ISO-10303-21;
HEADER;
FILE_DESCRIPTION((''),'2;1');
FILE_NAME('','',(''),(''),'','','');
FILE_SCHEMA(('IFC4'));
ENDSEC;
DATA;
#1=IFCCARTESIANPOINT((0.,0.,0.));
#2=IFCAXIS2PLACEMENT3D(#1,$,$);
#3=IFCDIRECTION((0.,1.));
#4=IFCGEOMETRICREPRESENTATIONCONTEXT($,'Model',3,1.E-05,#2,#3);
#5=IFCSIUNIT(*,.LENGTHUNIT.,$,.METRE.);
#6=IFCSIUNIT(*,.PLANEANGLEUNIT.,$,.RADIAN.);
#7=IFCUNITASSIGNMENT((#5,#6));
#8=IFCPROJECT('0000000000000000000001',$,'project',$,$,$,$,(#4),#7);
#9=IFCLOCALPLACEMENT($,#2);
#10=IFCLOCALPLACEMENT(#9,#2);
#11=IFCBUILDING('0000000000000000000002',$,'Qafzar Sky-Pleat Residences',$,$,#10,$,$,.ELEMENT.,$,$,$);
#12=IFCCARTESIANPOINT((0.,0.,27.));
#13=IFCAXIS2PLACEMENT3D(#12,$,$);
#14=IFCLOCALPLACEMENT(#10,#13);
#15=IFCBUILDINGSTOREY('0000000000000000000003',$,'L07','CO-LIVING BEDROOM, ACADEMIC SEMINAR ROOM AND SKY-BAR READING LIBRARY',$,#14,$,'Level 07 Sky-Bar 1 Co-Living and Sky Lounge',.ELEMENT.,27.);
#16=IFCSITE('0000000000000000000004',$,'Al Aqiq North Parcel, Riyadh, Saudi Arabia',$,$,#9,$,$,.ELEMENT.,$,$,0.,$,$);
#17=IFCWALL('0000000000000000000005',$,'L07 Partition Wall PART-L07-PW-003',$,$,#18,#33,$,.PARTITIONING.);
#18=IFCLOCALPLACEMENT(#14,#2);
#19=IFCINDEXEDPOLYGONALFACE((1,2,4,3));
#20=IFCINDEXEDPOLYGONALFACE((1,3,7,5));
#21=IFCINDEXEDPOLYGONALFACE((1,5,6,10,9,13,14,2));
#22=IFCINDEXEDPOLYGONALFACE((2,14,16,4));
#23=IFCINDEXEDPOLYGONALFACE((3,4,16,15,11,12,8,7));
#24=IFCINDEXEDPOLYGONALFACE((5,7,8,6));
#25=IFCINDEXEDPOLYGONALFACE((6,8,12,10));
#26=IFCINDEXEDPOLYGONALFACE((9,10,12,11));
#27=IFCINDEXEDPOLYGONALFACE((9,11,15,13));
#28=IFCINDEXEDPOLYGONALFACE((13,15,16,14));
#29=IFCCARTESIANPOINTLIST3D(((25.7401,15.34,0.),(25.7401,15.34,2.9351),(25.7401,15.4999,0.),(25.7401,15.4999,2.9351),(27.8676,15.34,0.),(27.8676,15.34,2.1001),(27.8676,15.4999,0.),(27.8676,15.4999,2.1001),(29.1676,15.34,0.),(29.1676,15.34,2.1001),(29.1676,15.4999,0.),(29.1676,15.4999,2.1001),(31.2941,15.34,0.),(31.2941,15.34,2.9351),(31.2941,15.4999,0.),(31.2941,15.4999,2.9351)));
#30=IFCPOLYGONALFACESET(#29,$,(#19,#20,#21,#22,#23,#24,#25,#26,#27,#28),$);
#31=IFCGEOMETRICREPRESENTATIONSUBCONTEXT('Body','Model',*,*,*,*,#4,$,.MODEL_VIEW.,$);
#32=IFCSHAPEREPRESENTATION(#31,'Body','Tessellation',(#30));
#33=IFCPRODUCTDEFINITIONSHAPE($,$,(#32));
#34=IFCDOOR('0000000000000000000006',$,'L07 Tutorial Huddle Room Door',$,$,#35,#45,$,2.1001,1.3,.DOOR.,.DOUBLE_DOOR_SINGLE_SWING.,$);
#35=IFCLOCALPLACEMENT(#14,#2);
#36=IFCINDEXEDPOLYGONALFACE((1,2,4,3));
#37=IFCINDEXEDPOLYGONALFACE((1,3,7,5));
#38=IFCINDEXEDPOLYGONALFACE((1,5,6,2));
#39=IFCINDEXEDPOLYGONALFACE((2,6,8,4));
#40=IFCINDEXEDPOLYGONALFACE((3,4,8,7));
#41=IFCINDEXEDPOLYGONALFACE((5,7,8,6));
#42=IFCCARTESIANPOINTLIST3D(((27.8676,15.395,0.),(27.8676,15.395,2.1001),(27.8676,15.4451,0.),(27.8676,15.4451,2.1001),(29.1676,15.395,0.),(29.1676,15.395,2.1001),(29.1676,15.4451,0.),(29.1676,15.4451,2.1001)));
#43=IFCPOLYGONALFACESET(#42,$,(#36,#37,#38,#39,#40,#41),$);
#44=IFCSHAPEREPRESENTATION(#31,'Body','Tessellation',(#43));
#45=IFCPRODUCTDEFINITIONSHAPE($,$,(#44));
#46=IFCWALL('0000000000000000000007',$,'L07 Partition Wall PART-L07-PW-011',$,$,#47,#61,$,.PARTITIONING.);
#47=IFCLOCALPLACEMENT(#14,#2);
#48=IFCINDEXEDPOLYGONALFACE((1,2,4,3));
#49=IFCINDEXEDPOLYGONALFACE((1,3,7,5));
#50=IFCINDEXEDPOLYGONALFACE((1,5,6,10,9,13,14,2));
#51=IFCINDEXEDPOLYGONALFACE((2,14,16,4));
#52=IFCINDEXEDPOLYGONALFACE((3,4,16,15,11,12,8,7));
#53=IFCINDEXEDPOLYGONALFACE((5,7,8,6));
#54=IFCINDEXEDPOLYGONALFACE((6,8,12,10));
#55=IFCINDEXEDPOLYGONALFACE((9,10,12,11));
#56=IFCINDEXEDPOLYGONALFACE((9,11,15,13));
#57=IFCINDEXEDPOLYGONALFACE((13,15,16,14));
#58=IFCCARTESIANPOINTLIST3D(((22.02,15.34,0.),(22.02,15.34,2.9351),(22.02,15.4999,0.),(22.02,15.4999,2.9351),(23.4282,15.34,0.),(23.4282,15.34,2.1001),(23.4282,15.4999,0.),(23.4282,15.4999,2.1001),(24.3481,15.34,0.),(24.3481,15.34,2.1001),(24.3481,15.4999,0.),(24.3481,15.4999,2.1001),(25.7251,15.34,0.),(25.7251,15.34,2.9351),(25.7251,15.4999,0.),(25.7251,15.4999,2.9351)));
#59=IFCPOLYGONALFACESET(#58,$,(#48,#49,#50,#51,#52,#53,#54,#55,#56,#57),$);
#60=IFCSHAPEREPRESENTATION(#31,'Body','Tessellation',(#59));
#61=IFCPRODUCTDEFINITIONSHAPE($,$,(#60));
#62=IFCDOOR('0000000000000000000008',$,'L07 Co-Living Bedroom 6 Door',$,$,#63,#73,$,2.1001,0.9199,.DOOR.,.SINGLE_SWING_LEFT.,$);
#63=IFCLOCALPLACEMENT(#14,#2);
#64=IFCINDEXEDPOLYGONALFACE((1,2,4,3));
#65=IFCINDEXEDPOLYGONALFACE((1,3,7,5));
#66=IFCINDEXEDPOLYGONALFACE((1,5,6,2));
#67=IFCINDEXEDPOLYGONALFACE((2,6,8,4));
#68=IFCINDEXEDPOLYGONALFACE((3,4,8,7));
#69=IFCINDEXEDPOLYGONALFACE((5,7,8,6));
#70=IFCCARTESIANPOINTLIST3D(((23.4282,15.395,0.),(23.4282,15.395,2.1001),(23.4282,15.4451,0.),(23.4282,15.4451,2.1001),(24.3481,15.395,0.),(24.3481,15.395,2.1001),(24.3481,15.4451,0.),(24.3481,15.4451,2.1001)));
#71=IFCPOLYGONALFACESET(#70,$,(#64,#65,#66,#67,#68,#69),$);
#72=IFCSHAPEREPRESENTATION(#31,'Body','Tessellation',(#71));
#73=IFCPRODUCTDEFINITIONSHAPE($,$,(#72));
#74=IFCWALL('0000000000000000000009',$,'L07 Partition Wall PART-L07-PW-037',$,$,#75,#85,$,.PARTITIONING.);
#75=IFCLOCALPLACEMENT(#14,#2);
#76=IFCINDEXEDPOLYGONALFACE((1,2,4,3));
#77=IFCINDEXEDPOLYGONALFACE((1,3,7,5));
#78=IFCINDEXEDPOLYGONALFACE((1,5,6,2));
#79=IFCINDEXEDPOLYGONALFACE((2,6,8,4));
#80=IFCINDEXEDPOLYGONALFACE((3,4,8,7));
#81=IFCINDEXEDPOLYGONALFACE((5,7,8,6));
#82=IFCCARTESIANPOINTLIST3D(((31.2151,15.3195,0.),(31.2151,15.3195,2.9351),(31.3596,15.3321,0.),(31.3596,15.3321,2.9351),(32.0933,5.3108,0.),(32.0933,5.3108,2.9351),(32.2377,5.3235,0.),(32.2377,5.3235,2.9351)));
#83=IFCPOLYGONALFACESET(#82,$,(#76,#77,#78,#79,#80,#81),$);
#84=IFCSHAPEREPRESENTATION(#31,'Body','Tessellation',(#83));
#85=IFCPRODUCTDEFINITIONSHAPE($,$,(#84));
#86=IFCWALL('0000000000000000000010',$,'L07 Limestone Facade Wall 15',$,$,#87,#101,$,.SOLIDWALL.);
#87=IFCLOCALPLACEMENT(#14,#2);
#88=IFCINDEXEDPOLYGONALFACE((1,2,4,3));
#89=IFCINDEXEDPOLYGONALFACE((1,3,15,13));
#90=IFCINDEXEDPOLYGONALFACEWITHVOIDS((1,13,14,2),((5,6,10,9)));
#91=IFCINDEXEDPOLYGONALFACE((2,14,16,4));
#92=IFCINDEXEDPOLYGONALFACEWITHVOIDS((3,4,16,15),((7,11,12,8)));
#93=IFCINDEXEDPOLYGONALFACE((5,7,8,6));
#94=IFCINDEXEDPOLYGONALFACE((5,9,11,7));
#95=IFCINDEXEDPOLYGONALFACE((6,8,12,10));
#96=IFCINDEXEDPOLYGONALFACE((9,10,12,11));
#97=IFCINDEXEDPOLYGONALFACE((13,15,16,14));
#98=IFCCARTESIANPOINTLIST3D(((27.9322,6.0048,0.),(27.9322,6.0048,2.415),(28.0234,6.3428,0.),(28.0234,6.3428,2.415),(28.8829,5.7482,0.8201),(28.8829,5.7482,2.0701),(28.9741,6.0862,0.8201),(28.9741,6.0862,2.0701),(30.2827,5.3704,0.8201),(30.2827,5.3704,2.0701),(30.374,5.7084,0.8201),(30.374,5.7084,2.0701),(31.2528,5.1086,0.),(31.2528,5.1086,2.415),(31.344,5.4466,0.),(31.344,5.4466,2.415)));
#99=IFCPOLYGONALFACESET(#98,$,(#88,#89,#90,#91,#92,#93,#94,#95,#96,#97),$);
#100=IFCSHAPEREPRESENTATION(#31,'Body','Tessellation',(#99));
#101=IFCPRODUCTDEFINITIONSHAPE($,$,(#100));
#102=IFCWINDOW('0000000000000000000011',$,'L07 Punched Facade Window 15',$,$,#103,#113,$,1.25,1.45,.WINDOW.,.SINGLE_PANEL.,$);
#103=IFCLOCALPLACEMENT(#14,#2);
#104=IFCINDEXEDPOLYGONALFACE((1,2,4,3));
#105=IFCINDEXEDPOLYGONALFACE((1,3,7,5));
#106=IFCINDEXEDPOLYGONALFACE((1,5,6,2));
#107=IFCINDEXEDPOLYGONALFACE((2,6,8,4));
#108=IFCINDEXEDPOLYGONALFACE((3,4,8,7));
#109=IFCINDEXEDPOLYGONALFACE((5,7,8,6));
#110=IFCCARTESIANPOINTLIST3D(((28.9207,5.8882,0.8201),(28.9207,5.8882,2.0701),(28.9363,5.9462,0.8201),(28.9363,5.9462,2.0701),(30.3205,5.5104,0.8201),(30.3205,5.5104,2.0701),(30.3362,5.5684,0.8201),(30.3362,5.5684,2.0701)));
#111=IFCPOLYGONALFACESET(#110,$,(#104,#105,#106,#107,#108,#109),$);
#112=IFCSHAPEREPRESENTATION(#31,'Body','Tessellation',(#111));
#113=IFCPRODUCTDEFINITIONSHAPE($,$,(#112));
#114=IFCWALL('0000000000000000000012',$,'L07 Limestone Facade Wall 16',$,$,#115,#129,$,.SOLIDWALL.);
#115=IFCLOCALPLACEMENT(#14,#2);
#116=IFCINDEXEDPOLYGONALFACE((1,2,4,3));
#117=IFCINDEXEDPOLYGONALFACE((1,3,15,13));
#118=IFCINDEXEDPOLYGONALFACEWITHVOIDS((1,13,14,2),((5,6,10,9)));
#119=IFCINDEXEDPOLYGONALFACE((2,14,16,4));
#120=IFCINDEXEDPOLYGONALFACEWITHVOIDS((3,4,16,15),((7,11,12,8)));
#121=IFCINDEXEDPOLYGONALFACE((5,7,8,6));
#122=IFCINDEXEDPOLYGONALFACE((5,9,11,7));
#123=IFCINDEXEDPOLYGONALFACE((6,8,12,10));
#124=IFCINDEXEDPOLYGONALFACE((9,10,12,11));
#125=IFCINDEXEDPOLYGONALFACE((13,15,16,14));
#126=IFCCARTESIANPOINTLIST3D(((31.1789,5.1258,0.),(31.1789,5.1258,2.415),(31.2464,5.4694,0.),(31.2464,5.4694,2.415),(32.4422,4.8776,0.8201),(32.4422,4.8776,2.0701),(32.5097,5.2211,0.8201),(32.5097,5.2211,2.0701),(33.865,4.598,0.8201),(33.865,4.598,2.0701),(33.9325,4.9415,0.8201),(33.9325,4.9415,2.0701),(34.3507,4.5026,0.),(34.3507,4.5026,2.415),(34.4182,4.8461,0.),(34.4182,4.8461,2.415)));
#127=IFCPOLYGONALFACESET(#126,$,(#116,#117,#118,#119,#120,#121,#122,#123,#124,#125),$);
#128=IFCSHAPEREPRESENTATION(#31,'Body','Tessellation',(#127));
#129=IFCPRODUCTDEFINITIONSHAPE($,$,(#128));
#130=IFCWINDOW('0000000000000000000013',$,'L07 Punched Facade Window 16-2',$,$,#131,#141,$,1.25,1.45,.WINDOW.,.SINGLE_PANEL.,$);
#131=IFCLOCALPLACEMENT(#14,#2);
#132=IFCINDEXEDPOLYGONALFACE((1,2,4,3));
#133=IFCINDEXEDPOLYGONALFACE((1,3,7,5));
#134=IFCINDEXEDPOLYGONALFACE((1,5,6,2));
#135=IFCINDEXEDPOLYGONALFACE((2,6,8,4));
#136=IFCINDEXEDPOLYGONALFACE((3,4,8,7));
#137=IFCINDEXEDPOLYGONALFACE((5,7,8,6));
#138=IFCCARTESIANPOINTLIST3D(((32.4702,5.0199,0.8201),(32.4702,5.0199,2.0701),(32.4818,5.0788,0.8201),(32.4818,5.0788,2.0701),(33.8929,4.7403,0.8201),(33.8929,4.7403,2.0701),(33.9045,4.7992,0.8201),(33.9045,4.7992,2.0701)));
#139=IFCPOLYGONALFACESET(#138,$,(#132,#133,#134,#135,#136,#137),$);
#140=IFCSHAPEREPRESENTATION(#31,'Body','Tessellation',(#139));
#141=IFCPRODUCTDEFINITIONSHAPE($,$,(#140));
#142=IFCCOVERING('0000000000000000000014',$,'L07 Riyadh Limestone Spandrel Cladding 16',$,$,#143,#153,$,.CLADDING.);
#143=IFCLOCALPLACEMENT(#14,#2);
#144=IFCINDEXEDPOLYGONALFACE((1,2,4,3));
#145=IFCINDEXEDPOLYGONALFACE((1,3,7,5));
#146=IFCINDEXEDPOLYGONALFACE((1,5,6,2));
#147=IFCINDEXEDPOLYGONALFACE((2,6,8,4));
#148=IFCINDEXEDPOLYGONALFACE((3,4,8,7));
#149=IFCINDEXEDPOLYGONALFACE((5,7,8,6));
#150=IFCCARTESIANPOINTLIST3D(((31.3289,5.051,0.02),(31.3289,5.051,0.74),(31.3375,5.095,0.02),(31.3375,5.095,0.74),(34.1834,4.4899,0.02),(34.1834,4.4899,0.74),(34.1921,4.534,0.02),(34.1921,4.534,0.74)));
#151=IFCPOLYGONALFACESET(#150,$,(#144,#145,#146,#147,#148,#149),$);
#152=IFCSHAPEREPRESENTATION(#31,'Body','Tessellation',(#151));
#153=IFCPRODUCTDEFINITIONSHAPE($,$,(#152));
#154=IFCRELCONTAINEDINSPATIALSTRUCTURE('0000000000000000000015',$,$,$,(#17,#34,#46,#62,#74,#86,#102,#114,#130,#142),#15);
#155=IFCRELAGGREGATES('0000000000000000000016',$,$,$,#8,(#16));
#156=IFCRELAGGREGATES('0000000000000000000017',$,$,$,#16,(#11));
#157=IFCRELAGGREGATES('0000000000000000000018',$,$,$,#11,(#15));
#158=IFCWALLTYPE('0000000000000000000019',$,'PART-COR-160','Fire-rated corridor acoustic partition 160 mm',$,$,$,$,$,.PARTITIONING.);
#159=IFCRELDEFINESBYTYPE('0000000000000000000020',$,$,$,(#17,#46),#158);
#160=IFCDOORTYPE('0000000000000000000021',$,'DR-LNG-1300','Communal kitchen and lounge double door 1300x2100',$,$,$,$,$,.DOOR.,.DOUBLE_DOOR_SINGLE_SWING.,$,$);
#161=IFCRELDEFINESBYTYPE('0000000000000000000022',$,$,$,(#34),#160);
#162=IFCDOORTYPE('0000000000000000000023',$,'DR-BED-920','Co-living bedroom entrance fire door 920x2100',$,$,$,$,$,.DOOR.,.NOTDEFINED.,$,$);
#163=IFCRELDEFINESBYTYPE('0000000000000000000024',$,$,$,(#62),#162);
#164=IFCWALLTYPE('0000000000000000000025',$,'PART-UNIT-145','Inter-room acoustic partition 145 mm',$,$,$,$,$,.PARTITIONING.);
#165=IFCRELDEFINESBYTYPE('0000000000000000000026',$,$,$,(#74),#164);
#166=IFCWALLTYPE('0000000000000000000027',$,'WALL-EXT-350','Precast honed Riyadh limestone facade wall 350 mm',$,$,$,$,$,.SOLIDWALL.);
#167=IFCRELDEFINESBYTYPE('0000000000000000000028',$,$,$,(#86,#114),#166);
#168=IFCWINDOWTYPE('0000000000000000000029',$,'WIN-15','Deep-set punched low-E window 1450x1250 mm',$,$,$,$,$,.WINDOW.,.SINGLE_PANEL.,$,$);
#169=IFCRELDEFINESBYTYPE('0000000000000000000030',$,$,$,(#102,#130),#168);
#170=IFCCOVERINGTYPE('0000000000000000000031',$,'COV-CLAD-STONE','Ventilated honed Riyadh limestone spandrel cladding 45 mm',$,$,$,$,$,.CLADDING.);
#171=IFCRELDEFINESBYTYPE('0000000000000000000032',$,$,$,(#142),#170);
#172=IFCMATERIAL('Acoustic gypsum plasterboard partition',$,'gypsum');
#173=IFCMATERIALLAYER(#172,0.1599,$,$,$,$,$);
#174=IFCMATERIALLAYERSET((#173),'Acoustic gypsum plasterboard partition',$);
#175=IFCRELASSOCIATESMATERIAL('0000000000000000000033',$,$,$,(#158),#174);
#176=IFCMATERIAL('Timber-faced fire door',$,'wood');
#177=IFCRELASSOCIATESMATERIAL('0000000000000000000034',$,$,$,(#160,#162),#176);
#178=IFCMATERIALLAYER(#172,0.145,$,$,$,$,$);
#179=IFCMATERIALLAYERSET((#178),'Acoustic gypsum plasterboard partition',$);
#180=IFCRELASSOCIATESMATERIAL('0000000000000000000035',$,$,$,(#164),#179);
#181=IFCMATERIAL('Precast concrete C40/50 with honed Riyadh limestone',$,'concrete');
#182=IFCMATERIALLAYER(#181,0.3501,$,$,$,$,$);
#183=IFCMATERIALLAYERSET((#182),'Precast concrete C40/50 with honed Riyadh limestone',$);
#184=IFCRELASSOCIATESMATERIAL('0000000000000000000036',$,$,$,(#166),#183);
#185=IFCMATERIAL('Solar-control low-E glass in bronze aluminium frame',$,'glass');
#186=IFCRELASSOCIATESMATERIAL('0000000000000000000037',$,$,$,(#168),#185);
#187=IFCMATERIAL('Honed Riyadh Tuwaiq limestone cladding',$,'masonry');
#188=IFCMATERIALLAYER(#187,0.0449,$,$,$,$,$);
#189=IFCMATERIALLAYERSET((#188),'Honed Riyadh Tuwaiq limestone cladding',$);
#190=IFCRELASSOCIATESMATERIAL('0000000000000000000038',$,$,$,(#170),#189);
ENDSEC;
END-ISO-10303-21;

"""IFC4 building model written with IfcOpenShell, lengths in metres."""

from ifc_helpers import new_model, si_unit, direction, frame, frame_2d, origin, origin_2d, place, context, subcontext, project, spatial, rectangle, extrude, source, transform, mapped, material, layer, layer_set, type_object, element, fill, save


model = new_model("IFC4")

# Units and contexts
model_context = context("Model", 3, precision=1e-05, world=origin(), true_north=direction((0.0, 1.0)))
body_context = subcontext(model_context, "Body", "Model", "MODEL_VIEW")
ifc_project = project(units=[si_unit("LENGTHUNIT", "METRE"), si_unit("PLANEANGLEUNIT", "RADIAN")], contexts=[model_context])

# Site, building, storey
site_placement = place(None, origin())
site = spatial("IfcSite", under=ifc_project, at=site_placement, Name="Al Aqiq North Parcel, Riyadh, Saudi Arabia", CompositionType="ELEMENT", RefElevation=0.0)
building_placement = place(site_placement, origin())
building = spatial("IfcBuilding", under=site, at=building_placement, Name="Qafzar Sky-Pleat Residences", CompositionType="ELEMENT")
storey_placement = place(building_placement, frame((0.0, 0.0, 27.0)))
storey = spatial("IfcBuildingStorey", under=building, at=storey_placement, Name="L07", Description="CO-LIVING BEDROOM, ACADEMIC SEMINAR ROOM AND SKY-BAR READING LIBRARY", LongName="Level 07 Sky-Bar 1 Co-Living and Sky Lounge", CompositionType="ELEMENT", Elevation=27.0)

# Walls, openings, doors
ifc_material_1 = material(Name="Acoustic gypsum plasterboard partition", Category="gypsum")
ifc_layer_1 = layer(ifc_material_1, 0.1599)
ifc_layer_set_1 = layer_set([ifc_layer_1], Name="Acoustic gypsum plasterboard partition")
wall_type_1 = type_object("IfcWallType", Name="PART-COR-160", Description="Fire-rated corridor acoustic partition 160 mm", PredefinedType="PARTITIONING", material=ifc_layer_set_1)
wall_1_placement = place(storey_placement, frame((31.2939, 15.4199, 0.0), z_axis=(0.0, 0.0, 1.0), x_axis=(-1.0, 0.0, 0.0)))
wall_1 = element("IfcWall", 1, at=wall_1_placement, inside=storey, type_object=wall_type_1, Name="L07 Partition Wall PART-L07-PW-003", PredefinedType="PARTITIONING", context=body_context, shape_type="SweptSolid", body=[
    extrude(rectangle(XDim=5.554, YDim=0.1599, at=frame_2d((2.7769, 0.0))), origin(), (0.0, 0.0, 1.0), 2.9351),
])
opening_1_placement = place(wall_1_placement, frame((2.1265, 0.0, 0.0)))
opening_1 = element("IfcOpeningElement", 2, at=opening_1_placement, cuts=wall_1, PredefinedType="OPENING", context=body_context, shape_type="SweptSolid", body=[
    extrude(rectangle(XDim=1.3, YDim=2.1001, at=frame_2d((0.6499, 1.05))), frame((0.0, 0.0898, 0.0), z_axis=(0.0, -1.0, 0.0), x_axis=(1.0, 0.0, 0.0)), (0.0, 0.0, 1.0), 0.1799),
])
ifc_material_2 = material(Name="Timber-faced fire door", Category="wood")
door_type_1 = type_object("IfcDoorType", Name="DR-LNG-1300", Description="Communal kitchen and lounge double door 1300x2100", OperationType="DOUBLE_DOOR_SINGLE_SWING", PredefinedType="DOOR", material=ifc_material_2)
shared_shape_1 = source(origin(), body_context, "Body", "SweptSolid", [
    extrude(rectangle(XDim=1.3, YDim=2.1001, at=frame_2d((0.6499, 1.05))), frame((0.0, 0.0249, 0.0), z_axis=(0.0, -1.0, 0.0), x_axis=(1.0, 0.0, 0.0)), (0.0, 0.0, 1.0), 0.05),
])
door_1_placement = place(opening_1_placement, origin())
door_1 = element("IfcDoor", 3, at=door_1_placement, inside=storey, type_object=door_type_1, Name="L07 Tutorial Huddle Room Door", OperationType="DOUBLE_DOOR_SINGLE_SWING", OverallHeight=2.1001, OverallWidth=1.3, PredefinedType="DOOR", context=body_context, shape_type="MappedRepresentation", body=[
    mapped(shared_shape_1, transform((0.0, 0.0, 0.0), x_axis=(1.0, 0.0, 0.0), y_axis=(0.0, 1.0, 0.0), z_axis=(0.0, 0.0, 1.0), scale=1.0)),
])
fill(opening_1, door_1)
wall_2_placement = place(storey_placement, frame((25.7251, 15.4199, 0.0), z_axis=(0.0, 0.0, 1.0), x_axis=(-1.0, 0.0, 0.0)))
wall_2 = element("IfcWall", 4, at=wall_2_placement, inside=storey, type_object=wall_type_1, Name="L07 Partition Wall PART-L07-PW-011", PredefinedType="PARTITIONING", context=body_context, shape_type="SweptSolid", body=[
    extrude(rectangle(XDim=3.7051, YDim=0.1599, at=frame_2d((1.8525, 0.0))), origin(), (0.0, 0.0, 1.0), 2.9351),
])
opening_2_placement = place(wall_2_placement, frame((1.377, 0.0, 0.0)))
opening_2 = element("IfcOpeningElement", 5, at=opening_2_placement, cuts=wall_2, PredefinedType="OPENING", context=body_context, shape_type="SweptSolid", body=[
    extrude(rectangle(XDim=0.9199, YDim=2.1001, at=frame_2d((0.46, 1.05))), frame((0.0, 0.0898, 0.0), z_axis=(0.0, -1.0, 0.0), x_axis=(1.0, 0.0, 0.0)), (0.0, 0.0, 1.0), 0.1799),
])
door_type_2 = type_object("IfcDoorType", Name="DR-BED-920", Description="Co-living bedroom entrance fire door 920x2100", OperationType="NOTDEFINED", PredefinedType="DOOR", material=ifc_material_2)
shared_shape_2 = source(origin(), body_context, "Body", "SweptSolid", [
    extrude(rectangle(XDim=0.9199, YDim=2.1001, at=frame_2d((0.46, 1.05))), frame((0.0, 0.0249, 0.0), z_axis=(0.0, -1.0, 0.0), x_axis=(1.0, 0.0, 0.0)), (0.0, 0.0, 1.0), 0.05),
])
door_2_placement = place(opening_2_placement, origin())
door_2 = element("IfcDoor", 6, at=door_2_placement, inside=storey, type_object=door_type_2, Name="L07 Co-Living Bedroom 6 Door", OperationType="SINGLE_SWING_LEFT", OverallHeight=2.1001, OverallWidth=0.9199, PredefinedType="DOOR", context=body_context, shape_type="MappedRepresentation", body=[
    mapped(shared_shape_2, transform((0.0, 0.0, 0.0), x_axis=(1.0, 0.0, 0.0), y_axis=(0.0, 1.0, 0.0), z_axis=(0.0, 0.0, 1.0), scale=1.0)),
])
fill(opening_2, door_2)

# Wall
ifc_layer_2 = layer(ifc_material_1, 0.145)
ifc_layer_set_2 = layer_set([ifc_layer_2], Name="Acoustic gypsum plasterboard partition")
wall_type_2 = type_object("IfcWallType", Name="PART-UNIT-145", Description="Inter-room acoustic partition 145 mm", PredefinedType="PARTITIONING", material=ifc_layer_set_2)
wall_3_placement = place(storey_placement, frame((31.2874, 15.3257, 0.0), z_axis=(0.0, 0.0, 1.0), x_axis=(0.087404, -0.996173, 0.0)))
element("IfcWall", 7, at=wall_3_placement, inside=storey, type_object=wall_type_2, Name="L07 Partition Wall PART-L07-PW-037", PredefinedType="PARTITIONING", context=body_context, shape_type="SweptSolid", body=[
    extrude(rectangle(XDim=10.0471, YDim=0.145, at=frame_2d((5.0234, 0.0))), origin(), (0.0, 0.0, 1.0), 2.9351),
])

# Walls, openings, windows
ifc_material_3 = material(Name="Precast concrete C40/50 with honed Riyadh limestone", Category="concrete")
ifc_layer_3 = layer(ifc_material_3, 0.3501)
ifc_layer_set_3 = layer_set([ifc_layer_3], Name="Precast concrete C40/50 with honed Riyadh limestone")
wall_type_3 = type_object("IfcWallType", Name="WALL-EXT-350", Description="Precast honed Riyadh limestone facade wall 350 mm", PredefinedType="SOLIDWALL", material=ifc_layer_set_3)
wall_4_placement = place(storey_placement, frame((27.9778, 6.1738, 0.0), z_axis=(0.0, 0.0, 1.0), x_axis=(0.965452, -0.260582, 0.0)))
wall_4 = element("IfcWall", 8, at=wall_4_placement, inside=storey, type_object=wall_type_3, Name="L07 Limestone Facade Wall 15", PredefinedType="SOLIDWALL", context=body_context, shape_type="SweptSolid", body=[
    extrude(rectangle(XDim=3.4395, YDim=0.3501, at=frame_2d((1.7197, 0.0))), origin(), (0.0, 0.0, 1.0), 2.415),
])
opening_3_placement = place(wall_4_placement, frame((0.9846, 0.0, 0.8201)))
opening_3 = element("IfcOpeningElement", 9, at=opening_3_placement, cuts=wall_4, PredefinedType="OPENING", context=body_context, shape_type="SweptSolid", body=[
    extrude(rectangle(XDim=1.45, YDim=1.25, at=frame_2d((0.7251, 0.625))), frame((0.0, 0.1851, 0.0), z_axis=(0.0, -1.0, 0.0), x_axis=(1.0, 0.0, 0.0)), (0.0, 0.0, 1.0), 0.3701),
])
ifc_material_4 = material(Name="Solar-control low-E glass in bronze aluminium frame", Category="glass")
window_type = type_object("IfcWindowType", Name="WIN-15", Description="Deep-set punched low-E window 1450x1250 mm", PartitioningType="SINGLE_PANEL", PredefinedType="WINDOW", material=ifc_material_4)
shared_shape_3 = source(origin(), body_context, "Body", "SweptSolid", [
    extrude(rectangle(XDim=1.45, YDim=1.25, at=frame_2d((0.7251, 0.625))), frame((0.0, 0.03, 0.0), z_axis=(0.0, -1.0, 0.0), x_axis=(1.0, 0.0, 0.0)), (0.0, 0.0, 1.0), 0.0601),
])
window_1_placement = place(opening_3_placement, origin())
window_1 = element("IfcWindow", 10, at=window_1_placement, inside=storey, type_object=window_type, Name="L07 Punched Facade Window 15", OverallHeight=1.25, OverallWidth=1.45, PartitioningType="SINGLE_PANEL", PredefinedType="WINDOW", context=body_context, shape_type="MappedRepresentation", body=[
    mapped(shared_shape_3, transform((0.0, 0.0, 0.0), x_axis=(1.0, 0.0, 0.0), y_axis=(0.0, 1.0, 0.0), z_axis=(0.0, 0.0, 1.0), scale=1.0)),
])
fill(opening_3, window_1)
wall_5_placement = place(storey_placement, frame((31.2126, 5.2976, 0.0), z_axis=(0.0, 0.0, 1.0), x_axis=(0.981235, -0.192818, 0.0)))
wall_5 = element("IfcWall", 11, at=wall_5_placement, inside=storey, type_object=wall_type_3, Name="L07 Limestone Facade Wall 16", PredefinedType="SOLIDWALL", context=body_context, shape_type="SweptSolid", body=[
    extrude(rectangle(XDim=3.2324, YDim=0.3501, at=frame_2d((1.6162, 0.0))), origin(), (0.0, 0.0, 1.0), 2.415),
])
opening_4_placement = place(wall_5_placement, frame((1.2874, 0.0, 0.8201)))
opening_4 = element("IfcOpeningElement", 12, at=opening_4_placement, cuts=wall_5, PredefinedType="OPENING", context=body_context, shape_type="SweptSolid", body=[
    extrude(rectangle(XDim=1.45, YDim=1.25, at=frame_2d((0.7251, 0.625))), frame((0.0, 0.1851, 0.0), z_axis=(0.0, -1.0, 0.0), x_axis=(1.0, 0.0, 0.0)), (0.0, 0.0, 1.0), 0.3701),
])
window_2_placement = place(opening_4_placement, origin())
window_2 = element("IfcWindow", 13, at=window_2_placement, inside=storey, type_object=window_type, Name="L07 Punched Facade Window 16-2", OverallHeight=1.25, OverallWidth=1.45, PartitioningType="SINGLE_PANEL", PredefinedType="WINDOW", context=body_context, shape_type="MappedRepresentation", body=[
    mapped(shared_shape_3, transform((0.0, 0.0, 0.0), x_axis=(1.0, 0.0, 0.0), y_axis=(0.0, 1.0, 0.0), z_axis=(0.0, 0.0, 1.0), scale=1.0)),
])
fill(opening_4, window_2)

# Covering
ifc_material_5 = material(Name="Honed Riyadh Tuwaiq limestone cladding", Category="masonry")
ifc_layer_4 = layer(ifc_material_5, 0.0449)
ifc_layer_set_4 = layer_set([ifc_layer_4], Name="Honed Riyadh Tuwaiq limestone cladding")
covering_type = type_object("IfcCoveringType", Name="COV-CLAD-STONE", Description="Ventilated honed Riyadh limestone spandrel cladding 45 mm", PredefinedType="CLADDING", material=ifc_layer_set_4)
shared_shape_4 = source(origin(), body_context, "Body", "SweptSolid", [
    extrude(rectangle(XDim=2.9092, YDim=0.0449, at=origin_2d()), origin(), (0.0, 0.0, 1.0), 0.72),
])
covering_placement = place(storey_placement, frame((32.7605, 4.7925, 0.02), z_axis=(0.0, 0.0, 1.0), x_axis=(0.981227, -0.192855, 0.0)))
element("IfcCovering", 14, at=covering_placement, inside=storey, type_object=covering_type, Name="L07 Riyadh Limestone Spandrel Cladding 16", PredefinedType="CLADDING", context=body_context, shape_type="MappedRepresentation", body=[
    mapped(shared_shape_4, transform((0.0, 0.0, 0.0), x_axis=(1.0, 0.0, 0.0), y_axis=(0.0, 1.0, 0.0), z_axis=(0.0, 0.0, 1.0), scale=1.0)),
])

save(model, "model.ifc")
